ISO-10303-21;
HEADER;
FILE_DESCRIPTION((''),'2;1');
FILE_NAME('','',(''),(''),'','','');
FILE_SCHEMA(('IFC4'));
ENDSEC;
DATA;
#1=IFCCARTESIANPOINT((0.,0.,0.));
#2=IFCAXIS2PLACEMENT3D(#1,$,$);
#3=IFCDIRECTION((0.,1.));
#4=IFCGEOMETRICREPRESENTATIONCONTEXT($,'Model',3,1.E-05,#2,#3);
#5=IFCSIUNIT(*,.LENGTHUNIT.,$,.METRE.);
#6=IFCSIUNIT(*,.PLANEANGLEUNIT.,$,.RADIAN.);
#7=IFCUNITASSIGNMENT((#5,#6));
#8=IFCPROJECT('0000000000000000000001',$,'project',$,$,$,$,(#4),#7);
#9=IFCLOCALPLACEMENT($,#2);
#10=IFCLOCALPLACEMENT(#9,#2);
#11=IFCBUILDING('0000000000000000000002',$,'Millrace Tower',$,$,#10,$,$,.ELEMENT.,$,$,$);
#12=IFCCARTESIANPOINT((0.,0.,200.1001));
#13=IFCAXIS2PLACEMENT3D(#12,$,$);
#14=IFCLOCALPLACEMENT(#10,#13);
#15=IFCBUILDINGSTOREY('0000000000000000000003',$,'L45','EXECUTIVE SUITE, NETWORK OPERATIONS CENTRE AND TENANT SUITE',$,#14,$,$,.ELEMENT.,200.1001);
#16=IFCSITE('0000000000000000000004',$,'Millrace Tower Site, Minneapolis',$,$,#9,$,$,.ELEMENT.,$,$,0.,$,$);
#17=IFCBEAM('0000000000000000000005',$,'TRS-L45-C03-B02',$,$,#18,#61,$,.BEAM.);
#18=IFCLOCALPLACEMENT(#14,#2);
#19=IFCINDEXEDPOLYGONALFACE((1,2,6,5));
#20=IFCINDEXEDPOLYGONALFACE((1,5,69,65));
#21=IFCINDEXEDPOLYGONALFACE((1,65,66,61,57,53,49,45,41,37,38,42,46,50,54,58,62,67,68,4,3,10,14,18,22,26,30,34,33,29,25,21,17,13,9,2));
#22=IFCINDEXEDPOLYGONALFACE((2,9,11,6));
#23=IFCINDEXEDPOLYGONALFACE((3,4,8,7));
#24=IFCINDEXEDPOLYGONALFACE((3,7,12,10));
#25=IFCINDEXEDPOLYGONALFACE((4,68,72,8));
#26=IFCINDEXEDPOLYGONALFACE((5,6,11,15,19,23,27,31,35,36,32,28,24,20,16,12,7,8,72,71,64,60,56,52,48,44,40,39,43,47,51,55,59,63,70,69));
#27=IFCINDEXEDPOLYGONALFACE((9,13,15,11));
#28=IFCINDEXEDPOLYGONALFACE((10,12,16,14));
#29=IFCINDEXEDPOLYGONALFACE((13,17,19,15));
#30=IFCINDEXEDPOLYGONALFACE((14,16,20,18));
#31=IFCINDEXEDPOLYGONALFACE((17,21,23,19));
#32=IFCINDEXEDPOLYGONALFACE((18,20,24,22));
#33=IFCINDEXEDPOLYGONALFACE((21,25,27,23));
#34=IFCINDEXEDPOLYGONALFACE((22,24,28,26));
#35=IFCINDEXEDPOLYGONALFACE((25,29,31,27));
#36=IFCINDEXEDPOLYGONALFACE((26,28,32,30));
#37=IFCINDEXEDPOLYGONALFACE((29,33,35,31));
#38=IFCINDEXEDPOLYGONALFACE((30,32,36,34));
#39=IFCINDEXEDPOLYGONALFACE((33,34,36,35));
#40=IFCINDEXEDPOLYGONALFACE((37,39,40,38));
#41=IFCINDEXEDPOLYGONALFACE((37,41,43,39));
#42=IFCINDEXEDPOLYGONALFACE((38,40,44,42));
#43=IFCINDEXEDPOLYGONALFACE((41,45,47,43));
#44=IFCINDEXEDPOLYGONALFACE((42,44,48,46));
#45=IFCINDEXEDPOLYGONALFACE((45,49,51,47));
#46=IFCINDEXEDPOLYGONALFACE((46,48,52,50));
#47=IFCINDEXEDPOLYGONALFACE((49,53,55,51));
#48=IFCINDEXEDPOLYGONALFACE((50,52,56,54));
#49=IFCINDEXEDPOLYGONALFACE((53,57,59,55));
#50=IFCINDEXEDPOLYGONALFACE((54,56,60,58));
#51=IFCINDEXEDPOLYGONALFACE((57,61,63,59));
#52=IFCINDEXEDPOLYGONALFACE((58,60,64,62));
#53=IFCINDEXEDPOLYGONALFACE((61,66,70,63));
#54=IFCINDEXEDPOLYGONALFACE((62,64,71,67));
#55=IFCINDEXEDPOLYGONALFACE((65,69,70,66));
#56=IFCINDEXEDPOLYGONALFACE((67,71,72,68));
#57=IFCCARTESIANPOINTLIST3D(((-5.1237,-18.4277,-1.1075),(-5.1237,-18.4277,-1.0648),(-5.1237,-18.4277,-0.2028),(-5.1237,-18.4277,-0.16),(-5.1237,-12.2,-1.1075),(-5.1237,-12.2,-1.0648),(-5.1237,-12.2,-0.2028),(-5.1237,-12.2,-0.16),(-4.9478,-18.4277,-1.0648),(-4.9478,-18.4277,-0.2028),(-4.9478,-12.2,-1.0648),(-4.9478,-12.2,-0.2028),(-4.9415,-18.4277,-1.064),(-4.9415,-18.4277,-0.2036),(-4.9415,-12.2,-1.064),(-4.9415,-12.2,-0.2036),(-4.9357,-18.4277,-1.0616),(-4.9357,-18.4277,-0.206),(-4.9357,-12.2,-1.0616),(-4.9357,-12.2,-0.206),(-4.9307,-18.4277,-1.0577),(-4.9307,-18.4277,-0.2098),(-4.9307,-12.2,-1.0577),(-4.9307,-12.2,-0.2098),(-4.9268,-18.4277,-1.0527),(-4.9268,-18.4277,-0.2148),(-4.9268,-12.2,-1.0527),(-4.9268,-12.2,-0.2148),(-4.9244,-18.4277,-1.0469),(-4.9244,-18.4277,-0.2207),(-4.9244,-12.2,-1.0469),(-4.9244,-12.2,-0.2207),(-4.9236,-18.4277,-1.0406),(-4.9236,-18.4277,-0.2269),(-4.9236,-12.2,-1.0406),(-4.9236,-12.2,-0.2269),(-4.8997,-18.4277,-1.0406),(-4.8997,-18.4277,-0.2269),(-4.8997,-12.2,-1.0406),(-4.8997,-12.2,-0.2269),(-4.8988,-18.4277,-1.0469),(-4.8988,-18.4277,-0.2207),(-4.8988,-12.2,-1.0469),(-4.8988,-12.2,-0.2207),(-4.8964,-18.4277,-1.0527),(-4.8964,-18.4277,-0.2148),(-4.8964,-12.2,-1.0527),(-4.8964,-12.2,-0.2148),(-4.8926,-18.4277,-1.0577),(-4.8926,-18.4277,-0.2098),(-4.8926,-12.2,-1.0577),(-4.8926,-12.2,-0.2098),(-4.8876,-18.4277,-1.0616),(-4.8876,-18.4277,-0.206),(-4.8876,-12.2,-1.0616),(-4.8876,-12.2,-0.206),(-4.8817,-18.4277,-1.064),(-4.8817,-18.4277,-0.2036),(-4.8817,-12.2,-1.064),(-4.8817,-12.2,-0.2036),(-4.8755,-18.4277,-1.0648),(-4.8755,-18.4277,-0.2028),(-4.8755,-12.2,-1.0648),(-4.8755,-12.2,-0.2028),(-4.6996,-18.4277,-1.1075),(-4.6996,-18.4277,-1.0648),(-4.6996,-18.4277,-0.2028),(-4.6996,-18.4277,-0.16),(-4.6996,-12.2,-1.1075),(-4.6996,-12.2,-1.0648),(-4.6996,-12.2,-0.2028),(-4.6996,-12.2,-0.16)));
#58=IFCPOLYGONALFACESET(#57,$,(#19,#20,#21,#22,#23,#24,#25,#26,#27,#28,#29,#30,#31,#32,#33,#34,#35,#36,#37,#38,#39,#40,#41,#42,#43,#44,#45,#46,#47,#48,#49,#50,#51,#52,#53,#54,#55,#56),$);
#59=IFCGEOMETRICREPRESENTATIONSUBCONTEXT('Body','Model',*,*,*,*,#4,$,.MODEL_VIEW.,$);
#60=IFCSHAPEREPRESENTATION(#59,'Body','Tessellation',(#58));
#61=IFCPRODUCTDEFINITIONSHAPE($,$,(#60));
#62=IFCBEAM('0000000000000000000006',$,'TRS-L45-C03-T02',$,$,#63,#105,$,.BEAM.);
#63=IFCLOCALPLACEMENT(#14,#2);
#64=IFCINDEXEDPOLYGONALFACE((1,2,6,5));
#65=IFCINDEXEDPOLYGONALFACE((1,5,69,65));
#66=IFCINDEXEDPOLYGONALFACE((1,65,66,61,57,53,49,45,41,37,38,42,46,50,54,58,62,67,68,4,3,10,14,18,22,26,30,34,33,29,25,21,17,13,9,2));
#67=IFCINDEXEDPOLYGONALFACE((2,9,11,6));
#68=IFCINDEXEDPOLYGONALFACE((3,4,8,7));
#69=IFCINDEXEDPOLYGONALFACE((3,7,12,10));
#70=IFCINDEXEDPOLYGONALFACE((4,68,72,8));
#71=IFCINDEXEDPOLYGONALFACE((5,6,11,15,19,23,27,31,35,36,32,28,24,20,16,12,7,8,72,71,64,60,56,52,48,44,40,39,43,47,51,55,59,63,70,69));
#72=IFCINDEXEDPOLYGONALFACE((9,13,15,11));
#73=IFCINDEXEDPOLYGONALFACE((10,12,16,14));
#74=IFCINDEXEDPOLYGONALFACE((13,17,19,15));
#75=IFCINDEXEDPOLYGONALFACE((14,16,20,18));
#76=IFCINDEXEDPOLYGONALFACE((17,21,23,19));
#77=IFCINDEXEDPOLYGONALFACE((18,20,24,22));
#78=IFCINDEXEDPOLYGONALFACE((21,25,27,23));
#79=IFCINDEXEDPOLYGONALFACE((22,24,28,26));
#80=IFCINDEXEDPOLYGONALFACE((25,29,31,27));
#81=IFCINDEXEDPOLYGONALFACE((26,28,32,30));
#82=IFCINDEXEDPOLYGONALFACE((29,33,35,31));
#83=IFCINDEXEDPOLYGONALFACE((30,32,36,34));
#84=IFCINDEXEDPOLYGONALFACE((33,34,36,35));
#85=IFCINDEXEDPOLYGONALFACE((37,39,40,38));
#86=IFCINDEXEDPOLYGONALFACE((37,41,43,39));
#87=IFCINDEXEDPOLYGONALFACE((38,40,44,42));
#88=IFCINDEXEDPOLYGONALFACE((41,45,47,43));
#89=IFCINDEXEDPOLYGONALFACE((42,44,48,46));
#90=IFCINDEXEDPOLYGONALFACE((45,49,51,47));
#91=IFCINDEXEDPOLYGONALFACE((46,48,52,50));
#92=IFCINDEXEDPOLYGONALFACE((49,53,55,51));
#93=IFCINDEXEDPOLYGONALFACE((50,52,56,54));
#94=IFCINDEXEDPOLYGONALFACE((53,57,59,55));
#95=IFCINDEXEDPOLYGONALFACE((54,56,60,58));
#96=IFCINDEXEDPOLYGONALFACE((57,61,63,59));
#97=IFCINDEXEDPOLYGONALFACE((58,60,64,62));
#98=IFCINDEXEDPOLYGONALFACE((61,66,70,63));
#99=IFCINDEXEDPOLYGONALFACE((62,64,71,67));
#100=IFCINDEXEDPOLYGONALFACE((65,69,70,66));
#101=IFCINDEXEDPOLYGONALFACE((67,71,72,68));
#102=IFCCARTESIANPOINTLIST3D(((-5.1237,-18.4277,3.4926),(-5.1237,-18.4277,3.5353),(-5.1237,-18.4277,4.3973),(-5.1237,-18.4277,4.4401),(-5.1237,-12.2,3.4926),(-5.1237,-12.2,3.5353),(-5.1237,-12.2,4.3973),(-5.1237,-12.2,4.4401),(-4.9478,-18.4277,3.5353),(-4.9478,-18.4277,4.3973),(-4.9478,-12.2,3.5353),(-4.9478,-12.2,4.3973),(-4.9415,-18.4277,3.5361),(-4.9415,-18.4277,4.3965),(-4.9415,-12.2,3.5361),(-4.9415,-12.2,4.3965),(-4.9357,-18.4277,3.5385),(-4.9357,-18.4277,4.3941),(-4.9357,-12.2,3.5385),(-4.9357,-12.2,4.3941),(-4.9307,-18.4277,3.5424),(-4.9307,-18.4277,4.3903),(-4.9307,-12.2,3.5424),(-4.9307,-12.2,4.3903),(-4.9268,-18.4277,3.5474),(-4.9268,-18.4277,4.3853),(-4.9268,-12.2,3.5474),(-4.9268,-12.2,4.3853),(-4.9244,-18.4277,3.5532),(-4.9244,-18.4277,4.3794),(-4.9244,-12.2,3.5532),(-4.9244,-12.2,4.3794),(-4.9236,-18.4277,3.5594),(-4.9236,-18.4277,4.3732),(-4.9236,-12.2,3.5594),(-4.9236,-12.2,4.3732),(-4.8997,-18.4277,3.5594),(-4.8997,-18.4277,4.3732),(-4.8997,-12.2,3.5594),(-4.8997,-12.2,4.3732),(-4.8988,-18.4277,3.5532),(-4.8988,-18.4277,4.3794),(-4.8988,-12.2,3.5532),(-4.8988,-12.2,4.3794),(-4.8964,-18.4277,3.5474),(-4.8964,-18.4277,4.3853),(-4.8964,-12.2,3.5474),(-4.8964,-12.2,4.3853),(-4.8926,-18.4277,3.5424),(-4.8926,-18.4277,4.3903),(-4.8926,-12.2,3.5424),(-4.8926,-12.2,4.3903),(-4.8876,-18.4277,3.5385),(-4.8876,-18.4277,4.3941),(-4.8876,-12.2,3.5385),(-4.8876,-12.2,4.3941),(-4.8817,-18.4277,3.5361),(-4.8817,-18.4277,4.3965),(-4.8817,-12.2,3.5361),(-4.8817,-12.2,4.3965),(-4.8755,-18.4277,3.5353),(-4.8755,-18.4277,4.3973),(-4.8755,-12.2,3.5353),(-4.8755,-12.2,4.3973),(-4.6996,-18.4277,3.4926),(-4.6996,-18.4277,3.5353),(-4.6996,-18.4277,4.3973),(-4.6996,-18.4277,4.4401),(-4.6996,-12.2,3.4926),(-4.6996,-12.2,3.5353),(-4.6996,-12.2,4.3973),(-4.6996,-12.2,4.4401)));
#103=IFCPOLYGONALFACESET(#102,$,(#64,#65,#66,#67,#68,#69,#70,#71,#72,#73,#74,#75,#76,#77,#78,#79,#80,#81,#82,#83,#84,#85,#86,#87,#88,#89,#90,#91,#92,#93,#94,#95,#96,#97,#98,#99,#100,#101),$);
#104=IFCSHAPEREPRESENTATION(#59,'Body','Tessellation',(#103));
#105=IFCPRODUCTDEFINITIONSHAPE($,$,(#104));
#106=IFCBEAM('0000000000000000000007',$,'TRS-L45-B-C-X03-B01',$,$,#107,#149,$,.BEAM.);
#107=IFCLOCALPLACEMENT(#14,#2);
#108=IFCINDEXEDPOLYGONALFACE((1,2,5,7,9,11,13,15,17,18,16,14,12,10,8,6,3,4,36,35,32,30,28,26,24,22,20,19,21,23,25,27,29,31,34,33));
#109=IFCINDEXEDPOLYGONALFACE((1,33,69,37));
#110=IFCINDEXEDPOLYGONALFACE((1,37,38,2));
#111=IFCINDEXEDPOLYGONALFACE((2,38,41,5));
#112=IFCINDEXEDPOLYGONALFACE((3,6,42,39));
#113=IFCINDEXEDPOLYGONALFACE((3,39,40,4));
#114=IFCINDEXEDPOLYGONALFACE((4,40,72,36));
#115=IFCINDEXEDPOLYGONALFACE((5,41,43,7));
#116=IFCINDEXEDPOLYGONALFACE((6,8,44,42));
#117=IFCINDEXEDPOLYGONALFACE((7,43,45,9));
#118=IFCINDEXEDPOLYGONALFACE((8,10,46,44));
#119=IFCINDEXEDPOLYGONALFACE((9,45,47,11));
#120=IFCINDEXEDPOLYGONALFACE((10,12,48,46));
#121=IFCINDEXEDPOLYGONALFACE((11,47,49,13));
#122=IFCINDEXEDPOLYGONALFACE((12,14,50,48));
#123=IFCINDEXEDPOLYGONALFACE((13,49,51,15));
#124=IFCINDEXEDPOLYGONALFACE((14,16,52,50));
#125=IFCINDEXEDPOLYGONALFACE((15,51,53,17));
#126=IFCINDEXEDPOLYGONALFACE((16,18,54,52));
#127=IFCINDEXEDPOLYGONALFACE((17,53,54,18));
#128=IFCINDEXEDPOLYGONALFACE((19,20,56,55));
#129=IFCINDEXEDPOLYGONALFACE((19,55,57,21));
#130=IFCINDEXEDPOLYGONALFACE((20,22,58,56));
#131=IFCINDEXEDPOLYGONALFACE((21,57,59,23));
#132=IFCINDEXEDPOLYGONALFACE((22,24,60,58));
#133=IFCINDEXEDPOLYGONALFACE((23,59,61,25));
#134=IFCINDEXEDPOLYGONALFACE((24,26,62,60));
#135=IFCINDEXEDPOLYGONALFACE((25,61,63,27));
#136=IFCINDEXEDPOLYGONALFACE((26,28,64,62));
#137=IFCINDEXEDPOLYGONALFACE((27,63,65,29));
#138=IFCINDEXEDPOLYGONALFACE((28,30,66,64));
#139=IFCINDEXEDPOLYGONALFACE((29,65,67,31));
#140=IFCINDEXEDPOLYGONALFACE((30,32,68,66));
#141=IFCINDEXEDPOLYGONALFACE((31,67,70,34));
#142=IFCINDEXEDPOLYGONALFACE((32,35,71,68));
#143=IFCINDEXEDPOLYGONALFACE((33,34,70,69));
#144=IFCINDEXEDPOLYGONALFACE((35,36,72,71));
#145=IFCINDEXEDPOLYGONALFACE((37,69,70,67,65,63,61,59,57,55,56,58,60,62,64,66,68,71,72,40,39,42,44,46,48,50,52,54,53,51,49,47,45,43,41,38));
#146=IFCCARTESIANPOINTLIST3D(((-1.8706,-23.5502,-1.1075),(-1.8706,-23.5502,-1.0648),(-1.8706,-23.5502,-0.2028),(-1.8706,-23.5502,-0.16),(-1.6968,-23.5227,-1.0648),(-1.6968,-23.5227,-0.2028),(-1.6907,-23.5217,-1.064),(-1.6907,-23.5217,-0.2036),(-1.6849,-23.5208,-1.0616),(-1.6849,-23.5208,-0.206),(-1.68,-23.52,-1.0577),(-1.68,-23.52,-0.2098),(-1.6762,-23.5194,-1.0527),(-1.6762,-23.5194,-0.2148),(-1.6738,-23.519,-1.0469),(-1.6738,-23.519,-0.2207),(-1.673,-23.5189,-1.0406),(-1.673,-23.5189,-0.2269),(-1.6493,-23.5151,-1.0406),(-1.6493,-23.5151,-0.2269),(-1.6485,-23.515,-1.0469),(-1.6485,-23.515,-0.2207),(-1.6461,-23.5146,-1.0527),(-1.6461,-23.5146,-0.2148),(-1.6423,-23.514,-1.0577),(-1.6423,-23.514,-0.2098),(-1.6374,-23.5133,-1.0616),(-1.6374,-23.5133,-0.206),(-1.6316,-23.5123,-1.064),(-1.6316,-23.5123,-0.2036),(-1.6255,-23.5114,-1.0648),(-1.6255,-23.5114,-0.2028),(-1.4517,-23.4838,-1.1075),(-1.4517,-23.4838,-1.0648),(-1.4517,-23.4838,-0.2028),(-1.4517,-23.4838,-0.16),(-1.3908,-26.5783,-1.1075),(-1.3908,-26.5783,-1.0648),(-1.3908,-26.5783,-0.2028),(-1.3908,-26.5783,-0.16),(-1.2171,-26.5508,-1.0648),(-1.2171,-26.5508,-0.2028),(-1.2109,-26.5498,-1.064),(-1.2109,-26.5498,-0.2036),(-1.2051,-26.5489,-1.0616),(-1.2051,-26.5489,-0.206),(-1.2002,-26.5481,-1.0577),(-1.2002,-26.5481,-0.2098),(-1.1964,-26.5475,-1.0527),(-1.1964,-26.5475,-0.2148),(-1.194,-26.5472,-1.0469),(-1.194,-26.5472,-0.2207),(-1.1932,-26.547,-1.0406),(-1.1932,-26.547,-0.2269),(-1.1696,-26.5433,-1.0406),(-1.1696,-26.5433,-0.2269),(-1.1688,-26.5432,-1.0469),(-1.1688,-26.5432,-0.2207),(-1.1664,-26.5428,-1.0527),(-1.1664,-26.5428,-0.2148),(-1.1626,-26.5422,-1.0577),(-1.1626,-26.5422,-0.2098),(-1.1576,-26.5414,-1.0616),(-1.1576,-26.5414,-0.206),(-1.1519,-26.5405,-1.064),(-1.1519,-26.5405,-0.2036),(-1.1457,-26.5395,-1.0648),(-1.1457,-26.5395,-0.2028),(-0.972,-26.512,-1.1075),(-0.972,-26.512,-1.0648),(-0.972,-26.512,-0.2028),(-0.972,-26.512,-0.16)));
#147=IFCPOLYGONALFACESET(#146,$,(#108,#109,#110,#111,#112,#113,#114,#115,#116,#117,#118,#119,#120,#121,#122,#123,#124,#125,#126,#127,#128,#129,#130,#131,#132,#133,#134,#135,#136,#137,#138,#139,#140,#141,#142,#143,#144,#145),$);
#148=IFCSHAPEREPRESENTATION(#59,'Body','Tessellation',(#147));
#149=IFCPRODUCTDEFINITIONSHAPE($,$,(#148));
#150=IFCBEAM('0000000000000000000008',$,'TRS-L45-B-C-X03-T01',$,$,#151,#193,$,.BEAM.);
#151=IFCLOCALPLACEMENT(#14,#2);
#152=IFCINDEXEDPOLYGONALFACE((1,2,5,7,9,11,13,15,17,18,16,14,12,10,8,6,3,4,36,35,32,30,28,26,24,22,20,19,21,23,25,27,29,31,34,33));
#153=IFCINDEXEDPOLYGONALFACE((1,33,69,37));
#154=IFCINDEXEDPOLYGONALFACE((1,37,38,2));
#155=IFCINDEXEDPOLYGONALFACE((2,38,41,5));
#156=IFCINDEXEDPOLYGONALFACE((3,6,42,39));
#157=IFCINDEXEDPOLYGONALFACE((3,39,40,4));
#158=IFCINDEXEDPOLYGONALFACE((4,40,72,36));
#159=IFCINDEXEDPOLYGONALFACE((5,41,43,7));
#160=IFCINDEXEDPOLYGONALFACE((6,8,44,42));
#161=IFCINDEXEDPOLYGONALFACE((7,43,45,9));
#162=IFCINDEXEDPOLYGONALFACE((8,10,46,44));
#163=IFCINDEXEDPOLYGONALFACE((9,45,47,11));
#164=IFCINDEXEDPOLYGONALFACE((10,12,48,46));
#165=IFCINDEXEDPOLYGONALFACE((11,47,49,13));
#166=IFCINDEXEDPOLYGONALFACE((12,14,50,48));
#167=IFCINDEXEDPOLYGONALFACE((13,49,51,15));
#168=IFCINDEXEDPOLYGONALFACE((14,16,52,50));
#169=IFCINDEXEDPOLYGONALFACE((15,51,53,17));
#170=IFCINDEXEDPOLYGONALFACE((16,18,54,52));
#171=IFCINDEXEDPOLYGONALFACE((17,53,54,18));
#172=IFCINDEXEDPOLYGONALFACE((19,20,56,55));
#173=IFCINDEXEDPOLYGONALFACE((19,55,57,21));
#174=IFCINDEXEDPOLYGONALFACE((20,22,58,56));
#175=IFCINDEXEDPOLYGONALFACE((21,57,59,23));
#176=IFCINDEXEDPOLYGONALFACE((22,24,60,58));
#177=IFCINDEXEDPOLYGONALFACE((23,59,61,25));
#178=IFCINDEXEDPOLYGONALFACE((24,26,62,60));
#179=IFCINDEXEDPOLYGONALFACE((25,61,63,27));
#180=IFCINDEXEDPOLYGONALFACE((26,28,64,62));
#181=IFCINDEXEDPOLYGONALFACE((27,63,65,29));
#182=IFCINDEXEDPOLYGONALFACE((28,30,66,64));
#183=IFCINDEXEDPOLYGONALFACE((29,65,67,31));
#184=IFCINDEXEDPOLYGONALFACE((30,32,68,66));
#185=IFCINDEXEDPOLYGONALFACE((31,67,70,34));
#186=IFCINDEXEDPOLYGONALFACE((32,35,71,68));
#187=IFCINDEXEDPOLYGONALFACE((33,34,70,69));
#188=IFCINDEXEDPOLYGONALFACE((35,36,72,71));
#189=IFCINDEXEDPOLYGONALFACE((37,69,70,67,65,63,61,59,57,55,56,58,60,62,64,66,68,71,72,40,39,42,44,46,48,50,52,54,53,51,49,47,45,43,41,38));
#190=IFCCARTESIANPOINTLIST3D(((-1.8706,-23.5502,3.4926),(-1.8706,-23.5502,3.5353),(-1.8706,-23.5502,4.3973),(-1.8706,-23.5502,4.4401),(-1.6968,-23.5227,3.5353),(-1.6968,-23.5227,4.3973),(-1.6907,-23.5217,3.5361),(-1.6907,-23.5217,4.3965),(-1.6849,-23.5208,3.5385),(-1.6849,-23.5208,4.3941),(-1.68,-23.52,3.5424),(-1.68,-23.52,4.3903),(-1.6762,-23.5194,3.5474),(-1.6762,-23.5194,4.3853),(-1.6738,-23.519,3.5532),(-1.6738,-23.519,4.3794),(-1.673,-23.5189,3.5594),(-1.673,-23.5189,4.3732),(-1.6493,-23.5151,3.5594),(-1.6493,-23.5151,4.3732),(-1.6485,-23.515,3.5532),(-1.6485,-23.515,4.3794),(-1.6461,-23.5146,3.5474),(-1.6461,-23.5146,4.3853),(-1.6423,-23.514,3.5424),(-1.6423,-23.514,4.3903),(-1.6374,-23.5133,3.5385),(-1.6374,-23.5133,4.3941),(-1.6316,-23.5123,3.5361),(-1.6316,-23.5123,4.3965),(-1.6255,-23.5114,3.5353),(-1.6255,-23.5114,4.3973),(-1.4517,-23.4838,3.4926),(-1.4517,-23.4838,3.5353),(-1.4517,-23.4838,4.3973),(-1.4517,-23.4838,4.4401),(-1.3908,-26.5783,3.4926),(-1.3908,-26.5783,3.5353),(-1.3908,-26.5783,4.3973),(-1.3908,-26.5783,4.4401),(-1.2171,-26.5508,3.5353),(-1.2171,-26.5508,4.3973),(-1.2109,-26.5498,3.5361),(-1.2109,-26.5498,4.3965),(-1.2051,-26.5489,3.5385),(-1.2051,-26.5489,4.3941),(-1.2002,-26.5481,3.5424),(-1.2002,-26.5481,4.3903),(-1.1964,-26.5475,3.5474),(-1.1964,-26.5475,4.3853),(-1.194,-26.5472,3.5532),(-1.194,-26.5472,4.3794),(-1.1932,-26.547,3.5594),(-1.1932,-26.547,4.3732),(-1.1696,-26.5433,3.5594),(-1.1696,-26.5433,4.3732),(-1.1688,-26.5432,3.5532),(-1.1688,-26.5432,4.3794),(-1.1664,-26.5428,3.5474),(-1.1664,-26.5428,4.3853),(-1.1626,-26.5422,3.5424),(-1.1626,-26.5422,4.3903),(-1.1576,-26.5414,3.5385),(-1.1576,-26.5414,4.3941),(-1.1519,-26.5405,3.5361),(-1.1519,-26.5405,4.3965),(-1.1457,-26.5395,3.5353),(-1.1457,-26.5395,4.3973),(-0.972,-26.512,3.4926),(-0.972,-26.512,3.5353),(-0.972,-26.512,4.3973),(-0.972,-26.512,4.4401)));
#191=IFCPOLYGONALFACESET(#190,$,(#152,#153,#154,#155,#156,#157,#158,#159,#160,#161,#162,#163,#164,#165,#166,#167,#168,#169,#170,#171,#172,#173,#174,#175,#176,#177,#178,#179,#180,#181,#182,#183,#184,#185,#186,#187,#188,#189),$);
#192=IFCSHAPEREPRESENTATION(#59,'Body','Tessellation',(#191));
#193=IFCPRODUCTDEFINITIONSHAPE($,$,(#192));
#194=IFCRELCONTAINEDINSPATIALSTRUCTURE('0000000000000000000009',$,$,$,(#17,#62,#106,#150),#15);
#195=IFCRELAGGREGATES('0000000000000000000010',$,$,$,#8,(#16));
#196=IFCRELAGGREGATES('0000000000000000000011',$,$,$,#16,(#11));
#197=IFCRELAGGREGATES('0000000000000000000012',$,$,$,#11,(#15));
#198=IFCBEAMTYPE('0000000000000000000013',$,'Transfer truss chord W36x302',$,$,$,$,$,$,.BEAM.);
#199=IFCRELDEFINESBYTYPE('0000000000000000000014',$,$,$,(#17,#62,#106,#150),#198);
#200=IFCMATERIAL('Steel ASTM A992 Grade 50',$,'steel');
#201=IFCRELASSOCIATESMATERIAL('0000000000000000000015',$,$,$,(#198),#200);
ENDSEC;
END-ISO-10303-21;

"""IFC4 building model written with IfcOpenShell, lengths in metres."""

from ifc_helpers import new_model, si_unit, direction, frame, origin, origin_2d, place, context, subcontext, project, spatial, i_section, extrude, material, material_profile, profile_set, type_object, element, save


model = new_model("IFC4")

# Units and contexts
model_context = context("Model", 3, precision=1e-05, world=origin(), true_north=direction((0.0, 1.0)))
body_context = subcontext(model_context, "Body", "Model", "MODEL_VIEW")
ifc_project = project(units=[si_unit("LENGTHUNIT", "METRE"), si_unit("PLANEANGLEUNIT", "RADIAN")], contexts=[model_context])

# Site, building, storey
site_placement = place(None, origin())
site = spatial("IfcSite", under=ifc_project, at=site_placement, Name="Millrace Tower Site, Minneapolis", CompositionType="ELEMENT", RefElevation=0.0)
building_placement = place(site_placement, origin())
building = spatial("IfcBuilding", under=site, at=building_placement, Name="Millrace Tower", CompositionType="ELEMENT")
storey_placement = place(building_placement, frame((0.0, 0.0, 200.1001)))
storey = spatial("IfcBuildingStorey", under=building, at=storey_placement, Name="L45", Description="EXECUTIVE SUITE, NETWORK OPERATIONS CENTRE AND TENANT SUITE", CompositionType="ELEMENT", Elevation=200.1001)

# Beams
ifc_material_1 = material(Name="Steel ASTM A992 Grade 50", Category="steel")
ifc_material_profile_1 = material_profile(ifc_material_1, i_section(OverallWidth=0.4241, OverallDepth=0.9475, WebThickness=0.0239, FlangeThickness=0.0427, FilletRadius=0.0242, at=origin_2d()))
ifc_profile_set_1 = profile_set([ifc_material_profile_1], Name="Steel ASTM A992 Grade 50")
beam_type_1 = type_object("IfcBeamType", Name="Transfer truss chord W36x302", PredefinedType="BEAM", material=ifc_profile_set_1)
for number, where, z_axis, x_axis, name in (
    (1, (-4.9116, -18.4277, -0.6338), (0.0, 1.0, 0.0), (-1.0, 0.0, 0.0), "TRS-L45-C03-B02"),
    (2, (-4.9116, -18.4277, 3.9663), (0.0, 1.0, 0.0), (-1.0, 0.0, 0.0), "TRS-L45-C03-T02"),
):
    element("IfcBeam", number, at=place(storey_placement, frame(where, z_axis=z_axis, x_axis=x_axis)), inside=storey, type_object=beam_type_1, Name=name, PredefinedType="BEAM", context=body_context, shape_type="SweptSolid", body=[
        extrude(i_section(OverallWidth=0.4241, OverallDepth=0.9475, WebThickness=0.0239, FlangeThickness=0.0427, FilletRadius=0.0242, at=origin_2d()), origin(), (0.0, 0.0, 1.0), 6.2278),
    ])
for number, where, z_axis, x_axis, name in (
    (3, (-1.1814, -26.5452, -0.6338), (-0.156478, 0.987681, 0.0), (-0.987681, -0.156478, 0.0), "TRS-L45-B-C-X03-B01"),
    (4, (-1.1814, -26.5452, 3.9663), (-0.156478, 0.987681, 0.0), (-0.987681, -0.156478, 0.0), "TRS-L45-B-C-X03-T01"),
):
    element("IfcBeam", number, at=place(storey_placement, frame(where, z_axis=z_axis, x_axis=x_axis)), inside=storey, type_object=beam_type_1, Name=name, PredefinedType="BEAM", context=body_context, shape_type="SweptSolid", body=[
        extrude(i_section(OverallWidth=0.4241, OverallDepth=0.9475, WebThickness=0.0239, FlangeThickness=0.0427, FilletRadius=0.0242, at=origin_2d()), origin(), (0.0, 0.0, 1.0), 3.0659),
    ])

save(model, "model.ifc")
